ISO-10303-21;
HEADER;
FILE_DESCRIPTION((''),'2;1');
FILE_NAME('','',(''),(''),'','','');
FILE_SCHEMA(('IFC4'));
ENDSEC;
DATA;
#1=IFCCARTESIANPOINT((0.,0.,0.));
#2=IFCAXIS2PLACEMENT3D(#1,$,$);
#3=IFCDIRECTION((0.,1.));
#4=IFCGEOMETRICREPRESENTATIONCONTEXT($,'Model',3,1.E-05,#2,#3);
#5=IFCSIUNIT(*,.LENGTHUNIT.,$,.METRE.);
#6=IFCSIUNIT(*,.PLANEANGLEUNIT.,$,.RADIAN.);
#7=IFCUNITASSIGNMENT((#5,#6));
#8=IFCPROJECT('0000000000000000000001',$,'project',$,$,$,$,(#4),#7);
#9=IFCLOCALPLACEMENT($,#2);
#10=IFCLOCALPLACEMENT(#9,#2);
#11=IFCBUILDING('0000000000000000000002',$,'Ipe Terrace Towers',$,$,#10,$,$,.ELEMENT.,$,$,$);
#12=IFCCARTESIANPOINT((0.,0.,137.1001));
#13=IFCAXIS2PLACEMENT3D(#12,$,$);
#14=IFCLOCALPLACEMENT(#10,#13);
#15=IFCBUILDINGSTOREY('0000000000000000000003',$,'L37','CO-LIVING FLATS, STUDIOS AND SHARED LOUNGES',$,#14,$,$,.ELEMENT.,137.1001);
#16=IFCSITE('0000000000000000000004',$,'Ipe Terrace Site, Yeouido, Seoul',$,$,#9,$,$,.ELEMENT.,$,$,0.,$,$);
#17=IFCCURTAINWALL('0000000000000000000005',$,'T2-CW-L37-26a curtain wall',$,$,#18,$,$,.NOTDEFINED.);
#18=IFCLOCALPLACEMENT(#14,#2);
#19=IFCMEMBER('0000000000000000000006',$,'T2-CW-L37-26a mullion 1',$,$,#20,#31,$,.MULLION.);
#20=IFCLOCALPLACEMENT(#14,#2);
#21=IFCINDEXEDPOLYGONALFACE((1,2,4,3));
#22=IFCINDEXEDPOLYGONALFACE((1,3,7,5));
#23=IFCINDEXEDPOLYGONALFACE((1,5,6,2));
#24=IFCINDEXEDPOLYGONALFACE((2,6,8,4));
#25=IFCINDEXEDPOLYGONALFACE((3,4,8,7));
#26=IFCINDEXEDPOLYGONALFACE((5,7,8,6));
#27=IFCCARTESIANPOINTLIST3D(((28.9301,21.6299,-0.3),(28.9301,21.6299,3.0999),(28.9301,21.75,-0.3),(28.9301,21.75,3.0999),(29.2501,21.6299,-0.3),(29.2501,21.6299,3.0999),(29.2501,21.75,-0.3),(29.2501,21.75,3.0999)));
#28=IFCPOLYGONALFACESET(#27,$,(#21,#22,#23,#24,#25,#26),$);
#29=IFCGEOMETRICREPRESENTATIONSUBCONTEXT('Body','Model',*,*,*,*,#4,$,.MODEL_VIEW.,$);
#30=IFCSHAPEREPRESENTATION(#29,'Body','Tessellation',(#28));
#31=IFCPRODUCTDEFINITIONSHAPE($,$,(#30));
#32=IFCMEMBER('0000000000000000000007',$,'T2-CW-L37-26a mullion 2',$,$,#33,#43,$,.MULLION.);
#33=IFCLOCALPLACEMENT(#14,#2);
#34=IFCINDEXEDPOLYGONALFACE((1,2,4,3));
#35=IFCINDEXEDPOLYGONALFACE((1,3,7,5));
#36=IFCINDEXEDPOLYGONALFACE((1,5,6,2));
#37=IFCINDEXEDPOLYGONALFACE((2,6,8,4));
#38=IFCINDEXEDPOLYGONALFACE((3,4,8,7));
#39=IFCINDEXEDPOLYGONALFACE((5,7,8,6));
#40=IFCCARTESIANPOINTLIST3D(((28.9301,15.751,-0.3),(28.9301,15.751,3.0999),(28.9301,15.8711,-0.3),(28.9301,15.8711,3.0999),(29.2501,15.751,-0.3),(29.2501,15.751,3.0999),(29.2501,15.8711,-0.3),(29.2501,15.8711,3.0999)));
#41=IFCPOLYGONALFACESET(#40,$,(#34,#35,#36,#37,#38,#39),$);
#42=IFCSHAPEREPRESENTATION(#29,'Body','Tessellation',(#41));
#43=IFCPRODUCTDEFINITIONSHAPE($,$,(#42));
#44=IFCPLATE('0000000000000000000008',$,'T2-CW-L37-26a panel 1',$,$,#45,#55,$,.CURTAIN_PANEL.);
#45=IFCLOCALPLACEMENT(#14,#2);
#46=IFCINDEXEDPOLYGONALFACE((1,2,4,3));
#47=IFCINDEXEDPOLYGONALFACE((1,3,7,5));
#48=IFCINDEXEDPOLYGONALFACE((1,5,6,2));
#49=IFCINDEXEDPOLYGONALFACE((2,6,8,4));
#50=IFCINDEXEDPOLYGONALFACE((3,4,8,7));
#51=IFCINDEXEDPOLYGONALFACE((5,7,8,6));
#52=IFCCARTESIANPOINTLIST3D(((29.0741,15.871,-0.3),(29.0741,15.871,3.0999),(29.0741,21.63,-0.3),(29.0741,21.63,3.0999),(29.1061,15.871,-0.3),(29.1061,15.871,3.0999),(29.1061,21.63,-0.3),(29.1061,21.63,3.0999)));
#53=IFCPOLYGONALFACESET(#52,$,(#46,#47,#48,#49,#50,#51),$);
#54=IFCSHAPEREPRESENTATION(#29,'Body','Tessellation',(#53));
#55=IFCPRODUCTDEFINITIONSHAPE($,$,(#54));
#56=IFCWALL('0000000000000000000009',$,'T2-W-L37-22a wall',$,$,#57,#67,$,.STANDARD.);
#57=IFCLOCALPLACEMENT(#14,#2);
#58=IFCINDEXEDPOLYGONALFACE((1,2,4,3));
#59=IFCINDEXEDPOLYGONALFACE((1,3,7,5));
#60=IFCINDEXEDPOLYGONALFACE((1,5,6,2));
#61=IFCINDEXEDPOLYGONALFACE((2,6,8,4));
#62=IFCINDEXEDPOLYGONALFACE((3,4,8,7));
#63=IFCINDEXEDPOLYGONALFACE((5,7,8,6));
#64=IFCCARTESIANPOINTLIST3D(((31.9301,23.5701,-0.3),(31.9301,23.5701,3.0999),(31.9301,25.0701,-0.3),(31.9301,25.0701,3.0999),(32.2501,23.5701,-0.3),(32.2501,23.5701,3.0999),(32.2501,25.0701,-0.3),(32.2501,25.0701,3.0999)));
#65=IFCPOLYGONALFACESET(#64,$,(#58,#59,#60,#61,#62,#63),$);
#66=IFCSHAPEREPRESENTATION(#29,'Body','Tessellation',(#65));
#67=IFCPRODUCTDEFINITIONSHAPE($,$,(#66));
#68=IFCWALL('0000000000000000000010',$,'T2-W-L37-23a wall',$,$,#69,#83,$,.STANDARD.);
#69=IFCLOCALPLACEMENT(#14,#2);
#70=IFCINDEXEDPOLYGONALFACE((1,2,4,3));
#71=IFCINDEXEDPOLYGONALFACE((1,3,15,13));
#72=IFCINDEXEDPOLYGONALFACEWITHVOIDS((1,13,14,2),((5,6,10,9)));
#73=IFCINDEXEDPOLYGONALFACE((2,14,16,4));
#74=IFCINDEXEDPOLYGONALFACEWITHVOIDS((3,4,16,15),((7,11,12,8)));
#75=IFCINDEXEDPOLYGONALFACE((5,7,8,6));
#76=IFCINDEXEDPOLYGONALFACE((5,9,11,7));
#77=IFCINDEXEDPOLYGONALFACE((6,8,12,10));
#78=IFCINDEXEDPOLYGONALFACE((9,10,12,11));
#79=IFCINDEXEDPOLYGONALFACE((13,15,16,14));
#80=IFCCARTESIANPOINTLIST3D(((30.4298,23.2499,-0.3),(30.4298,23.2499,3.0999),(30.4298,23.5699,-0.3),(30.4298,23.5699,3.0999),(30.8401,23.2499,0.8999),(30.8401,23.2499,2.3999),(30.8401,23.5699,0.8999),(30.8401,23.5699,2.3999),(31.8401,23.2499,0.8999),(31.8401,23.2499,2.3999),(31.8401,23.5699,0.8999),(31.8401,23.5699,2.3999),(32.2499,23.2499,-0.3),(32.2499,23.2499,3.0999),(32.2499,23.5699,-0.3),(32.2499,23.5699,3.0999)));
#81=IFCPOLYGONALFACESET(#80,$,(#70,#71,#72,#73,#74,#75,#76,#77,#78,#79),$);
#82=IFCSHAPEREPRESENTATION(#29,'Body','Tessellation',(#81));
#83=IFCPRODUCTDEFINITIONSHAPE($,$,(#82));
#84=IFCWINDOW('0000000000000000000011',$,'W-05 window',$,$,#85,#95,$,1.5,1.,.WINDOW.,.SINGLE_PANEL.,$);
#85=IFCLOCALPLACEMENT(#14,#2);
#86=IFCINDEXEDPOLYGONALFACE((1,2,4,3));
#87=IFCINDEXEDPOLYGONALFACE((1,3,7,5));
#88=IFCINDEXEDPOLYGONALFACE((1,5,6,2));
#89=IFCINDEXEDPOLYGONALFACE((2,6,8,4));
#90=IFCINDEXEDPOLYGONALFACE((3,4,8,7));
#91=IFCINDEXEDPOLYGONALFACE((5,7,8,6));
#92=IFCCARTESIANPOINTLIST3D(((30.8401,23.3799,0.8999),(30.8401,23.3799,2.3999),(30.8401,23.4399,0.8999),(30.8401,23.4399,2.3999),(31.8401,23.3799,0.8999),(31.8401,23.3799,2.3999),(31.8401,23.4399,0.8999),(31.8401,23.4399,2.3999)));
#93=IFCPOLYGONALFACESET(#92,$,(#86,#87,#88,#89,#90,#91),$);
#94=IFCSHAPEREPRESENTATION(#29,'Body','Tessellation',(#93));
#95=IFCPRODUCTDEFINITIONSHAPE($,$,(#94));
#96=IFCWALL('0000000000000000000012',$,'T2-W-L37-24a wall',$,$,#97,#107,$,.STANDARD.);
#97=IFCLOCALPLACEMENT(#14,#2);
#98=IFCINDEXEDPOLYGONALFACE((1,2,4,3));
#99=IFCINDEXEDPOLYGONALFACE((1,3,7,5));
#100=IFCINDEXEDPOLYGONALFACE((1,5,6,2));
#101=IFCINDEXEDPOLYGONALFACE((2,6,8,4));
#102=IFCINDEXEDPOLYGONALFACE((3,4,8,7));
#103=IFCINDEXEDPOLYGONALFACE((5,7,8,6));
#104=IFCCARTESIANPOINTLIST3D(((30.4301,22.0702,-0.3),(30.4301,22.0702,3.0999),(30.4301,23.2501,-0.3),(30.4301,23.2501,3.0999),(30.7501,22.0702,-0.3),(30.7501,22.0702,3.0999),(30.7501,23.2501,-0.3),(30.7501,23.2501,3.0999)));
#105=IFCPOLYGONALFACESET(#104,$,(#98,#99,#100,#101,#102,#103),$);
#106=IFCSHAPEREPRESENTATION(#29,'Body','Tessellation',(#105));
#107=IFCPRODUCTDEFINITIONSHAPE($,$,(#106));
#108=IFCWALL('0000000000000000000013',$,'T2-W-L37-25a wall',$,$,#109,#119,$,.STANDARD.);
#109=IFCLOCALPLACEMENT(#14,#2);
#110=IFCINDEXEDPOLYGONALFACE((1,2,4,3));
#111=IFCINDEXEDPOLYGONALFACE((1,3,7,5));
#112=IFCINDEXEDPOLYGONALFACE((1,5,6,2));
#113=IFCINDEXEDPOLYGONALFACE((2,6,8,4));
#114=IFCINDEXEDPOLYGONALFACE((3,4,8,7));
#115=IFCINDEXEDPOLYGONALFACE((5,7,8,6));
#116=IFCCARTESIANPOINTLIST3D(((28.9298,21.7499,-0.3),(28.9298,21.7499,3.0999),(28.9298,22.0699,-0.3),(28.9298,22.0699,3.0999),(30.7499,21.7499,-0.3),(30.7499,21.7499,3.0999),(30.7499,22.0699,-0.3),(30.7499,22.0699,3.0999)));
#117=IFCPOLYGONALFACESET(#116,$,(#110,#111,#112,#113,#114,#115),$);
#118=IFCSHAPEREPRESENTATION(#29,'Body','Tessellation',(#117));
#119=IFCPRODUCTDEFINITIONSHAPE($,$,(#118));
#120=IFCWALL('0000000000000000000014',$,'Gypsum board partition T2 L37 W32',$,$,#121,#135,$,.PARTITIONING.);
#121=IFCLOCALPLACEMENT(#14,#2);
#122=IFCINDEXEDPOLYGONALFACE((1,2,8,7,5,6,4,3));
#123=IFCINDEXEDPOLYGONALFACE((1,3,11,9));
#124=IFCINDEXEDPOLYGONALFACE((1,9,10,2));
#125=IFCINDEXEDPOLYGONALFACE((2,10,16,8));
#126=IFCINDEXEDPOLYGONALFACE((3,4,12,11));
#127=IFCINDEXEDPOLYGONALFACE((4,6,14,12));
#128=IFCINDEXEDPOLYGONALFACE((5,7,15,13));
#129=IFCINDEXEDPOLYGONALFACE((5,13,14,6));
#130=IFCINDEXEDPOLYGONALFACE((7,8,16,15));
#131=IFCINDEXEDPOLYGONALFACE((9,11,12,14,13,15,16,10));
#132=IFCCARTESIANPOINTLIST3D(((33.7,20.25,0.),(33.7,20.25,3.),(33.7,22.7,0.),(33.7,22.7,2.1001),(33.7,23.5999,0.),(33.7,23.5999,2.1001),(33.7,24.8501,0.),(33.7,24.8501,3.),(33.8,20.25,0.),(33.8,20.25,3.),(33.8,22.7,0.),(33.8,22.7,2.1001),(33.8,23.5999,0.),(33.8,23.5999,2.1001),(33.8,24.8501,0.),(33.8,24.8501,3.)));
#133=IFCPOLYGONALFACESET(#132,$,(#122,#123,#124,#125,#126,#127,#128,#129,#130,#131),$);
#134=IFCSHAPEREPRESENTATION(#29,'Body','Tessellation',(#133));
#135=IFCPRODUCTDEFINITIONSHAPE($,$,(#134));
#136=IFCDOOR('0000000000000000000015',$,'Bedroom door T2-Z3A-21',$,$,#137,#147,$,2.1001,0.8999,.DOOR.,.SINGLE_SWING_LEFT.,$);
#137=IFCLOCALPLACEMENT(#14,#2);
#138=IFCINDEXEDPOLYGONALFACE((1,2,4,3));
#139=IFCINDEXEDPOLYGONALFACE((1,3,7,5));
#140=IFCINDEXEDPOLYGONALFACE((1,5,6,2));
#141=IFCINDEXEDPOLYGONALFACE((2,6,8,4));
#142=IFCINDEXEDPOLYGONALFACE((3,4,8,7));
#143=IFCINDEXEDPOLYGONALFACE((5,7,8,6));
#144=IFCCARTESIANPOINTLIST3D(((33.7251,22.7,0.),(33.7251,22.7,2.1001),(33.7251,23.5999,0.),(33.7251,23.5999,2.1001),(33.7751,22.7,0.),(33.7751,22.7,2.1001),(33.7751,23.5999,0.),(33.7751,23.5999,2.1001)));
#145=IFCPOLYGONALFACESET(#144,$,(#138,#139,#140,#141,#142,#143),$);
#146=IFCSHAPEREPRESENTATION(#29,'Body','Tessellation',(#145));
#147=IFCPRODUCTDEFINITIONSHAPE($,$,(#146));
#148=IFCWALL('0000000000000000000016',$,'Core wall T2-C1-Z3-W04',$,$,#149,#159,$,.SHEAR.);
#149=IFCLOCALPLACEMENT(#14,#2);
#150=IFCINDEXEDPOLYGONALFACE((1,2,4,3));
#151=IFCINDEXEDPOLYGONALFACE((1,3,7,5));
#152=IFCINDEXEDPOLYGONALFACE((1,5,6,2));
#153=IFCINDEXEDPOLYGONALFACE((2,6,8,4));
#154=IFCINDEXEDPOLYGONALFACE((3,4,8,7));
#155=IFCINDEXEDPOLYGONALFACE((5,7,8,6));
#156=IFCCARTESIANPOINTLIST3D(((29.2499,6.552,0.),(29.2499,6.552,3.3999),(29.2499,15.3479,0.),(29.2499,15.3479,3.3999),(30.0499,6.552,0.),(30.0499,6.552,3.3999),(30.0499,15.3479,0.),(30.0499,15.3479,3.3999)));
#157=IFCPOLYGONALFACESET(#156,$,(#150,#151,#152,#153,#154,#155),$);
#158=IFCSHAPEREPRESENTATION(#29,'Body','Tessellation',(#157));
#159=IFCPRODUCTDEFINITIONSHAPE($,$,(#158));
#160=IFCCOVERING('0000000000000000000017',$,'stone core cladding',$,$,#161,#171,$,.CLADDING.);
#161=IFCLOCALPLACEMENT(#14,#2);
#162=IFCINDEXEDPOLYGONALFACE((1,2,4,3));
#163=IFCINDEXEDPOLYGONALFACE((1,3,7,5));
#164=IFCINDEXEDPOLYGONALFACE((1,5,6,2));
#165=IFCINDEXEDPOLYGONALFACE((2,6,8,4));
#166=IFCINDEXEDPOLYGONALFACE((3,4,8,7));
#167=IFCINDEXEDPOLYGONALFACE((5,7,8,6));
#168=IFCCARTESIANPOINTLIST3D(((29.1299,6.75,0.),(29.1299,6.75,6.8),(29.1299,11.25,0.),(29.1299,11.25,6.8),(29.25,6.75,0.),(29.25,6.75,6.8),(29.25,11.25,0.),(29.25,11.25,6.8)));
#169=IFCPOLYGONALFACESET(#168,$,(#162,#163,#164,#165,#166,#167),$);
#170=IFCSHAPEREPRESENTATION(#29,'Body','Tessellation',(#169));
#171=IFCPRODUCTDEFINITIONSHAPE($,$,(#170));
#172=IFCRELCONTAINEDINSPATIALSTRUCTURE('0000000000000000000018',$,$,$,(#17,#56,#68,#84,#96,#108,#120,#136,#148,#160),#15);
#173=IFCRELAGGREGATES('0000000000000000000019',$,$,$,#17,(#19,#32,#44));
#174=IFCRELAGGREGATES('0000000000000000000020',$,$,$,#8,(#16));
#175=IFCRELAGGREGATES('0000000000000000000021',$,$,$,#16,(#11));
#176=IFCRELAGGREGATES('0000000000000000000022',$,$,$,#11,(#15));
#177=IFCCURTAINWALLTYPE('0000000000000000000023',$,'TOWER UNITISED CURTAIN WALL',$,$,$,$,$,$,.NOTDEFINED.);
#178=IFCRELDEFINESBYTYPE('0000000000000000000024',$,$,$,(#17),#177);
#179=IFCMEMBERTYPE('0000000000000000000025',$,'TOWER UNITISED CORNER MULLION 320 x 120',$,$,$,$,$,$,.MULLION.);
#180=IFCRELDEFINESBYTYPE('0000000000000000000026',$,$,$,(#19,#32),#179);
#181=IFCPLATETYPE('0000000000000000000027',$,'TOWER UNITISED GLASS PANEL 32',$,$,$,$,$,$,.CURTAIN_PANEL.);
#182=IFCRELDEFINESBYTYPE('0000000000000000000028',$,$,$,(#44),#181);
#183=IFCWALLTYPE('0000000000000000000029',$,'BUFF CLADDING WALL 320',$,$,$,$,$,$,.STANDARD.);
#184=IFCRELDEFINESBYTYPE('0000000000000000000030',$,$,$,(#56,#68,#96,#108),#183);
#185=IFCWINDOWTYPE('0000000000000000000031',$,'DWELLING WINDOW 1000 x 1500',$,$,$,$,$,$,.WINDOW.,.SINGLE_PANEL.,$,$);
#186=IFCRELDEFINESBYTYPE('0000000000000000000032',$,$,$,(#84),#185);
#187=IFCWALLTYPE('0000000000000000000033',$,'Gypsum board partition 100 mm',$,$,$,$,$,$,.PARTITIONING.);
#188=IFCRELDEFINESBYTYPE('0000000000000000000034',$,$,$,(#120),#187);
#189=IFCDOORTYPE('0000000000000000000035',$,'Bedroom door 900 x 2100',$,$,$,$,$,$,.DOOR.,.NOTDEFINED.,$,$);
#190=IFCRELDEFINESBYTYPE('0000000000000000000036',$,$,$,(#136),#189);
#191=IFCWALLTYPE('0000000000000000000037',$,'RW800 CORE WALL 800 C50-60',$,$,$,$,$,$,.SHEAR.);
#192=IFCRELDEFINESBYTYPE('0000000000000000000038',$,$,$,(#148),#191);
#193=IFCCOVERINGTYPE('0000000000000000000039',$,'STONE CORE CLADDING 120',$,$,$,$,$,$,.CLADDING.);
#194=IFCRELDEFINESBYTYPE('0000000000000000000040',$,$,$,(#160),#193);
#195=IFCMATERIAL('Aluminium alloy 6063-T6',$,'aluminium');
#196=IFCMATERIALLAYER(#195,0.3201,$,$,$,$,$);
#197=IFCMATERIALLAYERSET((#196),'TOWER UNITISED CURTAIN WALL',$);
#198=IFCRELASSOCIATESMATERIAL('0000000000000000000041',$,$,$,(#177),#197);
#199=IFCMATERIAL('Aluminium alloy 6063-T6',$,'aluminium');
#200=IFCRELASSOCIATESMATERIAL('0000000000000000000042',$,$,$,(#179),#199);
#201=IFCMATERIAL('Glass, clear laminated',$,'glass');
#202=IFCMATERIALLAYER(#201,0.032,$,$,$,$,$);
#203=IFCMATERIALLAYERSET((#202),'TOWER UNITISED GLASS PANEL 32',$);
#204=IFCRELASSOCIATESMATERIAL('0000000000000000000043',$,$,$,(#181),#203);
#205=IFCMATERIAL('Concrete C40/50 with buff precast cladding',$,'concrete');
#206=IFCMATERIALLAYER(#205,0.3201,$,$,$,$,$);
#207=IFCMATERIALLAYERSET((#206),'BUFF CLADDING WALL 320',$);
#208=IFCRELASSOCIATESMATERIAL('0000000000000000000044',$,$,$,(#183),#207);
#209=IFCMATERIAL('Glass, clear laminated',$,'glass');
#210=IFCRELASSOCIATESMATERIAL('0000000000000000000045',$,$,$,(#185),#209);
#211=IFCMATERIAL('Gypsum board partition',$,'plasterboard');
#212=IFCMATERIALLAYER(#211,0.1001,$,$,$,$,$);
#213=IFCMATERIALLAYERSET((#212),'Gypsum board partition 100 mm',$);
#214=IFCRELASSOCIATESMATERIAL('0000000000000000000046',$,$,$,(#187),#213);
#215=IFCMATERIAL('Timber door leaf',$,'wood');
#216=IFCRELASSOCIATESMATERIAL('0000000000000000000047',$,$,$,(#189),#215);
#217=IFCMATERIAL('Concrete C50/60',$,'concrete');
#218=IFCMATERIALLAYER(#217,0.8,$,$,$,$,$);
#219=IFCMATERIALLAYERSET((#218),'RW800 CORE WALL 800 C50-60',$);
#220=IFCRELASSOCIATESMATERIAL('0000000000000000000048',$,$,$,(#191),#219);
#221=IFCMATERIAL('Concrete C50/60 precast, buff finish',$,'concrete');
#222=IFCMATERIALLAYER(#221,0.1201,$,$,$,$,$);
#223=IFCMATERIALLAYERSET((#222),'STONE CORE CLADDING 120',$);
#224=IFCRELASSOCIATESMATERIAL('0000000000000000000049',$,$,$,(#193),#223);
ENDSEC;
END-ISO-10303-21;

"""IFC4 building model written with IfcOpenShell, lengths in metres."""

from ifc_helpers import new_model, si_unit, direction, frame, frame_2d, origin, origin_2d, place, context, subcontext, project, spatial, rectangle, extrude, material, layer, layer_set, material_profile, profile_set, type_object, element, fill, aggregate, save


model = new_model("IFC4")

# Units and contexts
model_context = context("Model", 3, precision=1e-05, world=origin(), true_north=direction((0.0, 1.0)))
body_context = subcontext(model_context, "Body", "Model", "MODEL_VIEW")
ifc_project = project(units=[si_unit("LENGTHUNIT", "METRE"), si_unit("PLANEANGLEUNIT", "RADIAN")], contexts=[model_context])

# Site, building, storey
site_placement = place(None, origin())
site = spatial("IfcSite", under=ifc_project, at=site_placement, Name="Ipe Terrace Site, Yeouido, Seoul", CompositionType="ELEMENT", RefElevation=0.0)
building_placement = place(site_placement, origin())
building = spatial("IfcBuilding", under=site, at=building_placement, Name="Ipe Terrace Towers", CompositionType="ELEMENT")
storey_placement = place(building_placement, frame((0.0, 0.0, 137.1001)))
storey = spatial("IfcBuildingStorey", under=building, at=storey_placement, Name="L37", Description="CO-LIVING FLATS, STUDIOS AND SHARED LOUNGES", CompositionType="ELEMENT", Elevation=137.1001)

# Shared definitions
ifc_material_1 = material(Name="Aluminium alloy 6063-T6", Category="aluminium")
ifc_layer_1 = layer(ifc_material_1, 0.3201)
ifc_layer_set_1 = layer_set([ifc_layer_1], Name="TOWER UNITISED CURTAIN WALL")
curtain_wall_type = type_object("IfcCurtainWallType", Name="TOWER UNITISED CURTAIN WALL", PredefinedType="NOTDEFINED", material=ifc_layer_set_1)
ifc_material_2 = material(Name="Aluminium alloy 6063-T6", Category="aluminium")
ifc_material_profile_1 = material_profile(ifc_material_2, rectangle(XDim=0.3201, YDim=0.1201, at=origin_2d()), Name="TOWER UNITISED CORNER MULLION 320 x 120")
ifc_profile_set_1 = profile_set([ifc_material_profile_1], Name="Aluminium alloy 6063-T6")
member_type = type_object("IfcMemberType", Name="TOWER UNITISED CORNER MULLION 320 x 120", PredefinedType="MULLION", material=ifc_profile_set_1)

# Curtain wall, members, plate
curtain_wall_1_placement = place(storey_placement, origin())
curtain_wall_1 = element("IfcCurtainWall", 1, at=curtain_wall_1_placement, inside=storey, type_object=curtain_wall_type, Name="T2-CW-L37-26a curtain wall", PredefinedType="NOTDEFINED")
member_1_placement = place(storey_placement, frame((29.0901, 21.6899, -0.3), z_axis=(0.0, 0.0, 1.0), x_axis=(-1.0, 0.0, 0.0)))
member_1 = element("IfcMember", 2, at=member_1_placement, type_object=member_type, Name="T2-CW-L37-26a mullion 1", PredefinedType="MULLION", context=body_context, shape_type="SweptSolid", body=[
    extrude(rectangle(XDim=0.3201, YDim=0.1201, at=origin_2d()), origin(), (0.0, 0.0, 1.0), 3.3999),
])
member_2_placement = place(storey_placement, frame((29.0901, 15.811, -0.3), z_axis=(0.0, 0.0, 1.0), x_axis=(-1.0, 0.0, 0.0)))
member_2 = element("IfcMember", 3, at=member_2_placement, type_object=member_type, Name="T2-CW-L37-26a mullion 2", PredefinedType="MULLION", context=body_context, shape_type="SweptSolid", body=[
    extrude(rectangle(XDim=0.3201, YDim=0.1201, at=origin_2d()), origin(), (0.0, 0.0, 1.0), 3.3999),
])
ifc_material_3 = material(Name="Glass, clear laminated", Category="glass")
ifc_layer_2 = layer(ifc_material_3, 0.032)
ifc_layer_set_2 = layer_set([ifc_layer_2], Name="TOWER UNITISED GLASS PANEL 32")
plate_type = type_object("IfcPlateType", Name="TOWER UNITISED GLASS PANEL 32", PredefinedType="CURTAIN_PANEL", material=ifc_layer_set_2)
plate_placement = place(storey_placement, frame((29.0901, 18.7505, -0.3), z_axis=(0.0, 0.0, 1.0), x_axis=(0.0, -1.0, 0.0)))
plate = element("IfcPlate", 4, at=plate_placement, type_object=plate_type, Name="T2-CW-L37-26a panel 1", PredefinedType="CURTAIN_PANEL", context=body_context, shape_type="SweptSolid", body=[
    extrude(rectangle(XDim=5.759, YDim=0.032, at=origin_2d()), origin(), (0.0, 0.0, 1.0), 3.3999),
])
aggregate(curtain_wall_1, [member_1, member_2, plate])

# Wall
ifc_material_4 = material(Name="Concrete C40/50 with buff precast cladding", Category="concrete")
ifc_layer_3 = layer(ifc_material_4, 0.3201)
ifc_layer_set_3 = layer_set([ifc_layer_3], Name="BUFF CLADDING WALL 320")
wall_type_1 = type_object("IfcWallType", Name="BUFF CLADDING WALL 320", PredefinedType="STANDARD", material=ifc_layer_set_3)
wall_1_placement = place(storey_placement, frame((32.0901, 25.0701, -0.3), z_axis=(0.0, 0.0, 1.0), x_axis=(0.0, -1.0, 0.0)))
element("IfcWall", 5, at=wall_1_placement, inside=storey, type_object=wall_type_1, Name="T2-W-L37-22a wall", PredefinedType="STANDARD", context=body_context, shape_type="SweptSolid", body=[
    extrude(rectangle(XDim=1.5, YDim=0.3201, at=frame_2d((0.75, 0.0))), origin(), (0.0, 0.0, 1.0), 3.3999),
])

# Wall, opening, window
wall_2_placement = place(storey_placement, frame((32.25, 23.4099, -0.3), z_axis=(0.0, 0.0, 1.0), x_axis=(-1.0, 0.0, 0.0)))
wall_2 = element("IfcWall", 6, at=wall_2_placement, inside=storey, type_object=wall_type_1, Name="T2-W-L37-23a wall", PredefinedType="STANDARD", context=body_context, shape_type="SweptSolid", body=[
    extrude(rectangle(XDim=1.8201, YDim=0.3201, at=frame_2d((0.9102, 0.0))), origin(), (0.0, 0.0, 1.0), 3.3999),
])
opening_1_placement = place(wall_2_placement, frame((0.4099, 0.0, 1.2)))
opening_1 = element("IfcOpeningElement", 7, at=opening_1_placement, cuts=wall_2, PredefinedType="OPENING", context=body_context, shape_type="SweptSolid", body=[
    extrude(rectangle(XDim=1.0, YDim=1.5, at=frame_2d((0.5, 0.75))), frame((0.0, 0.1699, 0.0), z_axis=(0.0, -1.0, 0.0), x_axis=(1.0, 0.0, 0.0)), (0.0, 0.0, 1.0), 0.3401),
])
ifc_material_5 = material(Name="Glass, clear laminated", Category="glass")
window_type = type_object("IfcWindowType", Name="DWELLING WINDOW 1000 x 1500", PartitioningType="SINGLE_PANEL", PredefinedType="WINDOW", material=ifc_material_5)
window_placement = place(opening_1_placement, origin())
window = element("IfcWindow", 8, at=window_placement, inside=storey, type_object=window_type, Name="W-05 window", OverallHeight=1.5, OverallWidth=1.0, PartitioningType="SINGLE_PANEL", PredefinedType="WINDOW", context=body_context, shape_type="SweptSolid", body=[
    extrude(rectangle(XDim=1.0, YDim=1.5, at=frame_2d((0.5, 0.75))), frame((0.0, 0.03, 0.0), z_axis=(0.0, -1.0, 0.0), x_axis=(1.0, 0.0, 0.0)), (0.0, 0.0, 1.0), 0.0601),
])
fill(opening_1, window)

# Walls
wall_3_placement = place(storey_placement, frame((30.5901, 23.25, -0.3), z_axis=(0.0, 0.0, 1.0), x_axis=(0.0, -1.0, 0.0)))
element("IfcWall", 9, at=wall_3_placement, inside=storey, type_object=wall_type_1, Name="T2-W-L37-24a wall", PredefinedType="STANDARD", context=body_context, shape_type="SweptSolid", body=[
    extrude(rectangle(XDim=1.1799, YDim=0.3201, at=frame_2d((0.5898, 0.0))), origin(), (0.0, 0.0, 1.0), 3.3999),
])
wall_4_placement = place(storey_placement, frame((30.75, 21.9099, -0.3), z_axis=(0.0, 0.0, 1.0), x_axis=(-1.0, 0.0, 0.0)))
element("IfcWall", 10, at=wall_4_placement, inside=storey, type_object=wall_type_1, Name="T2-W-L37-25a wall", PredefinedType="STANDARD", context=body_context, shape_type="SweptSolid", body=[
    extrude(rectangle(XDim=1.8201, YDim=0.3201, at=frame_2d((0.9102, 0.0))), origin(), (0.0, 0.0, 1.0), 3.3999),
])

# Wall, opening, door
ifc_material_6 = material(Name="Gypsum board partition", Category="plasterboard")
ifc_layer_4 = layer(ifc_material_6, 0.1001)
ifc_layer_set_4 = layer_set([ifc_layer_4], Name="Gypsum board partition 100 mm")
wall_type_2 = type_object("IfcWallType", Name="Gypsum board partition 100 mm", PredefinedType="PARTITIONING", material=ifc_layer_set_4)
wall_5_placement = place(storey_placement, frame((33.75, 20.25, 0.0), z_axis=(0.0, 0.0, 1.0), x_axis=(0.0, 1.0, 0.0)))
wall_5 = element("IfcWall", 11, at=wall_5_placement, inside=storey, type_object=wall_type_2, Name="Gypsum board partition T2 L37 W32", PredefinedType="PARTITIONING", context=body_context, shape_type="SweptSolid", body=[
    extrude(rectangle(XDim=4.6001, YDim=0.1001, at=frame_2d((2.3, 0.0))), origin(), (0.0, 0.0, 1.0), 3.0),
])
opening_2_placement = place(wall_5_placement, frame((2.45, 0.0, 0.0)))
opening_2 = element("IfcOpeningElement", 12, at=opening_2_placement, cuts=wall_5, PredefinedType="OPENING", context=body_context, shape_type="SweptSolid", body=[
    extrude(rectangle(XDim=0.8999, YDim=2.1001, at=frame_2d((0.45, 1.05))), frame((0.0, 0.0601, 0.0), z_axis=(0.0, -1.0, 0.0), x_axis=(1.0, 0.0, 0.0)), (0.0, 0.0, 1.0), 0.1201),
])
ifc_material_7 = material(Name="Timber door leaf", Category="wood")
door_type = type_object("IfcDoorType", Name="Bedroom door 900 x 2100", OperationType="NOTDEFINED", PredefinedType="DOOR", material=ifc_material_7)
door_placement = place(opening_2_placement, origin())
door = element("IfcDoor", 13, at=door_placement, inside=storey, type_object=door_type, Name="Bedroom door T2-Z3A-21", OperationType="SINGLE_SWING_LEFT", OverallHeight=2.1001, OverallWidth=0.8999, PredefinedType="DOOR", context=body_context, shape_type="SweptSolid", body=[
    extrude(rectangle(XDim=0.8999, YDim=2.1001, at=frame_2d((0.45, 1.05))), frame((0.0, 0.0249, 0.0), z_axis=(0.0, -1.0, 0.0), x_axis=(1.0, 0.0, 0.0)), (0.0, 0.0, 1.0), 0.05),
])
fill(opening_2, door)

# Wall
ifc_material_8 = material(Name="Concrete C50/60", Category="concrete")
ifc_layer_5 = layer(ifc_material_8, 0.8)
ifc_layer_set_5 = layer_set([ifc_layer_5], Name="RW800 CORE WALL 800 C50-60")
wall_type_3 = type_object("IfcWallType", Name="RW800 CORE WALL 800 C50-60", PredefinedType="SHEAR", material=ifc_layer_set_5)
wall_6_placement = place(storey_placement, frame((29.6499, 15.3479, 0.0), z_axis=(0.0, 0.0, 1.0), x_axis=(0.0, -1.0, 0.0)))
element("IfcWall", 14, at=wall_6_placement, inside=storey, type_object=wall_type_3, Name="Core wall T2-C1-Z3-W04", PredefinedType="SHEAR", context=body_context, shape_type="SweptSolid", body=[
    extrude(rectangle(XDim=8.7959, YDim=0.8, at=frame_2d((4.3979, 0.0))), origin(), (0.0, 0.0, 1.0), 3.3999),
])

# Covering
ifc_material_9 = material(Name="Concrete C50/60 precast, buff finish", Category="concrete")
ifc_layer_6 = layer(ifc_material_9, 0.1201)
ifc_layer_set_6 = layer_set([ifc_layer_6], Name="STONE CORE CLADDING 120")
covering_type_1 = type_object("IfcCoveringType", Name="STONE CORE CLADDING 120", PredefinedType="CLADDING", material=ifc_layer_set_6)
covering_1_placement = place(storey_placement, frame((29.1899, 9.0, 0.0), z_axis=(0.0, 0.0, 1.0), x_axis=(0.0, -1.0, 0.0)))
element("IfcCovering", 15, at=covering_1_placement, inside=storey, type_object=covering_type_1, Name="stone core cladding", PredefinedType="CLADDING", context=body_context, shape_type="SweptSolid", body=[
    extrude(rectangle(XDim=4.5, YDim=0.1201, at=origin_2d()), origin(), (0.0, 0.0, 1.0), 6.8),
])

save(model, "model.ifc")
